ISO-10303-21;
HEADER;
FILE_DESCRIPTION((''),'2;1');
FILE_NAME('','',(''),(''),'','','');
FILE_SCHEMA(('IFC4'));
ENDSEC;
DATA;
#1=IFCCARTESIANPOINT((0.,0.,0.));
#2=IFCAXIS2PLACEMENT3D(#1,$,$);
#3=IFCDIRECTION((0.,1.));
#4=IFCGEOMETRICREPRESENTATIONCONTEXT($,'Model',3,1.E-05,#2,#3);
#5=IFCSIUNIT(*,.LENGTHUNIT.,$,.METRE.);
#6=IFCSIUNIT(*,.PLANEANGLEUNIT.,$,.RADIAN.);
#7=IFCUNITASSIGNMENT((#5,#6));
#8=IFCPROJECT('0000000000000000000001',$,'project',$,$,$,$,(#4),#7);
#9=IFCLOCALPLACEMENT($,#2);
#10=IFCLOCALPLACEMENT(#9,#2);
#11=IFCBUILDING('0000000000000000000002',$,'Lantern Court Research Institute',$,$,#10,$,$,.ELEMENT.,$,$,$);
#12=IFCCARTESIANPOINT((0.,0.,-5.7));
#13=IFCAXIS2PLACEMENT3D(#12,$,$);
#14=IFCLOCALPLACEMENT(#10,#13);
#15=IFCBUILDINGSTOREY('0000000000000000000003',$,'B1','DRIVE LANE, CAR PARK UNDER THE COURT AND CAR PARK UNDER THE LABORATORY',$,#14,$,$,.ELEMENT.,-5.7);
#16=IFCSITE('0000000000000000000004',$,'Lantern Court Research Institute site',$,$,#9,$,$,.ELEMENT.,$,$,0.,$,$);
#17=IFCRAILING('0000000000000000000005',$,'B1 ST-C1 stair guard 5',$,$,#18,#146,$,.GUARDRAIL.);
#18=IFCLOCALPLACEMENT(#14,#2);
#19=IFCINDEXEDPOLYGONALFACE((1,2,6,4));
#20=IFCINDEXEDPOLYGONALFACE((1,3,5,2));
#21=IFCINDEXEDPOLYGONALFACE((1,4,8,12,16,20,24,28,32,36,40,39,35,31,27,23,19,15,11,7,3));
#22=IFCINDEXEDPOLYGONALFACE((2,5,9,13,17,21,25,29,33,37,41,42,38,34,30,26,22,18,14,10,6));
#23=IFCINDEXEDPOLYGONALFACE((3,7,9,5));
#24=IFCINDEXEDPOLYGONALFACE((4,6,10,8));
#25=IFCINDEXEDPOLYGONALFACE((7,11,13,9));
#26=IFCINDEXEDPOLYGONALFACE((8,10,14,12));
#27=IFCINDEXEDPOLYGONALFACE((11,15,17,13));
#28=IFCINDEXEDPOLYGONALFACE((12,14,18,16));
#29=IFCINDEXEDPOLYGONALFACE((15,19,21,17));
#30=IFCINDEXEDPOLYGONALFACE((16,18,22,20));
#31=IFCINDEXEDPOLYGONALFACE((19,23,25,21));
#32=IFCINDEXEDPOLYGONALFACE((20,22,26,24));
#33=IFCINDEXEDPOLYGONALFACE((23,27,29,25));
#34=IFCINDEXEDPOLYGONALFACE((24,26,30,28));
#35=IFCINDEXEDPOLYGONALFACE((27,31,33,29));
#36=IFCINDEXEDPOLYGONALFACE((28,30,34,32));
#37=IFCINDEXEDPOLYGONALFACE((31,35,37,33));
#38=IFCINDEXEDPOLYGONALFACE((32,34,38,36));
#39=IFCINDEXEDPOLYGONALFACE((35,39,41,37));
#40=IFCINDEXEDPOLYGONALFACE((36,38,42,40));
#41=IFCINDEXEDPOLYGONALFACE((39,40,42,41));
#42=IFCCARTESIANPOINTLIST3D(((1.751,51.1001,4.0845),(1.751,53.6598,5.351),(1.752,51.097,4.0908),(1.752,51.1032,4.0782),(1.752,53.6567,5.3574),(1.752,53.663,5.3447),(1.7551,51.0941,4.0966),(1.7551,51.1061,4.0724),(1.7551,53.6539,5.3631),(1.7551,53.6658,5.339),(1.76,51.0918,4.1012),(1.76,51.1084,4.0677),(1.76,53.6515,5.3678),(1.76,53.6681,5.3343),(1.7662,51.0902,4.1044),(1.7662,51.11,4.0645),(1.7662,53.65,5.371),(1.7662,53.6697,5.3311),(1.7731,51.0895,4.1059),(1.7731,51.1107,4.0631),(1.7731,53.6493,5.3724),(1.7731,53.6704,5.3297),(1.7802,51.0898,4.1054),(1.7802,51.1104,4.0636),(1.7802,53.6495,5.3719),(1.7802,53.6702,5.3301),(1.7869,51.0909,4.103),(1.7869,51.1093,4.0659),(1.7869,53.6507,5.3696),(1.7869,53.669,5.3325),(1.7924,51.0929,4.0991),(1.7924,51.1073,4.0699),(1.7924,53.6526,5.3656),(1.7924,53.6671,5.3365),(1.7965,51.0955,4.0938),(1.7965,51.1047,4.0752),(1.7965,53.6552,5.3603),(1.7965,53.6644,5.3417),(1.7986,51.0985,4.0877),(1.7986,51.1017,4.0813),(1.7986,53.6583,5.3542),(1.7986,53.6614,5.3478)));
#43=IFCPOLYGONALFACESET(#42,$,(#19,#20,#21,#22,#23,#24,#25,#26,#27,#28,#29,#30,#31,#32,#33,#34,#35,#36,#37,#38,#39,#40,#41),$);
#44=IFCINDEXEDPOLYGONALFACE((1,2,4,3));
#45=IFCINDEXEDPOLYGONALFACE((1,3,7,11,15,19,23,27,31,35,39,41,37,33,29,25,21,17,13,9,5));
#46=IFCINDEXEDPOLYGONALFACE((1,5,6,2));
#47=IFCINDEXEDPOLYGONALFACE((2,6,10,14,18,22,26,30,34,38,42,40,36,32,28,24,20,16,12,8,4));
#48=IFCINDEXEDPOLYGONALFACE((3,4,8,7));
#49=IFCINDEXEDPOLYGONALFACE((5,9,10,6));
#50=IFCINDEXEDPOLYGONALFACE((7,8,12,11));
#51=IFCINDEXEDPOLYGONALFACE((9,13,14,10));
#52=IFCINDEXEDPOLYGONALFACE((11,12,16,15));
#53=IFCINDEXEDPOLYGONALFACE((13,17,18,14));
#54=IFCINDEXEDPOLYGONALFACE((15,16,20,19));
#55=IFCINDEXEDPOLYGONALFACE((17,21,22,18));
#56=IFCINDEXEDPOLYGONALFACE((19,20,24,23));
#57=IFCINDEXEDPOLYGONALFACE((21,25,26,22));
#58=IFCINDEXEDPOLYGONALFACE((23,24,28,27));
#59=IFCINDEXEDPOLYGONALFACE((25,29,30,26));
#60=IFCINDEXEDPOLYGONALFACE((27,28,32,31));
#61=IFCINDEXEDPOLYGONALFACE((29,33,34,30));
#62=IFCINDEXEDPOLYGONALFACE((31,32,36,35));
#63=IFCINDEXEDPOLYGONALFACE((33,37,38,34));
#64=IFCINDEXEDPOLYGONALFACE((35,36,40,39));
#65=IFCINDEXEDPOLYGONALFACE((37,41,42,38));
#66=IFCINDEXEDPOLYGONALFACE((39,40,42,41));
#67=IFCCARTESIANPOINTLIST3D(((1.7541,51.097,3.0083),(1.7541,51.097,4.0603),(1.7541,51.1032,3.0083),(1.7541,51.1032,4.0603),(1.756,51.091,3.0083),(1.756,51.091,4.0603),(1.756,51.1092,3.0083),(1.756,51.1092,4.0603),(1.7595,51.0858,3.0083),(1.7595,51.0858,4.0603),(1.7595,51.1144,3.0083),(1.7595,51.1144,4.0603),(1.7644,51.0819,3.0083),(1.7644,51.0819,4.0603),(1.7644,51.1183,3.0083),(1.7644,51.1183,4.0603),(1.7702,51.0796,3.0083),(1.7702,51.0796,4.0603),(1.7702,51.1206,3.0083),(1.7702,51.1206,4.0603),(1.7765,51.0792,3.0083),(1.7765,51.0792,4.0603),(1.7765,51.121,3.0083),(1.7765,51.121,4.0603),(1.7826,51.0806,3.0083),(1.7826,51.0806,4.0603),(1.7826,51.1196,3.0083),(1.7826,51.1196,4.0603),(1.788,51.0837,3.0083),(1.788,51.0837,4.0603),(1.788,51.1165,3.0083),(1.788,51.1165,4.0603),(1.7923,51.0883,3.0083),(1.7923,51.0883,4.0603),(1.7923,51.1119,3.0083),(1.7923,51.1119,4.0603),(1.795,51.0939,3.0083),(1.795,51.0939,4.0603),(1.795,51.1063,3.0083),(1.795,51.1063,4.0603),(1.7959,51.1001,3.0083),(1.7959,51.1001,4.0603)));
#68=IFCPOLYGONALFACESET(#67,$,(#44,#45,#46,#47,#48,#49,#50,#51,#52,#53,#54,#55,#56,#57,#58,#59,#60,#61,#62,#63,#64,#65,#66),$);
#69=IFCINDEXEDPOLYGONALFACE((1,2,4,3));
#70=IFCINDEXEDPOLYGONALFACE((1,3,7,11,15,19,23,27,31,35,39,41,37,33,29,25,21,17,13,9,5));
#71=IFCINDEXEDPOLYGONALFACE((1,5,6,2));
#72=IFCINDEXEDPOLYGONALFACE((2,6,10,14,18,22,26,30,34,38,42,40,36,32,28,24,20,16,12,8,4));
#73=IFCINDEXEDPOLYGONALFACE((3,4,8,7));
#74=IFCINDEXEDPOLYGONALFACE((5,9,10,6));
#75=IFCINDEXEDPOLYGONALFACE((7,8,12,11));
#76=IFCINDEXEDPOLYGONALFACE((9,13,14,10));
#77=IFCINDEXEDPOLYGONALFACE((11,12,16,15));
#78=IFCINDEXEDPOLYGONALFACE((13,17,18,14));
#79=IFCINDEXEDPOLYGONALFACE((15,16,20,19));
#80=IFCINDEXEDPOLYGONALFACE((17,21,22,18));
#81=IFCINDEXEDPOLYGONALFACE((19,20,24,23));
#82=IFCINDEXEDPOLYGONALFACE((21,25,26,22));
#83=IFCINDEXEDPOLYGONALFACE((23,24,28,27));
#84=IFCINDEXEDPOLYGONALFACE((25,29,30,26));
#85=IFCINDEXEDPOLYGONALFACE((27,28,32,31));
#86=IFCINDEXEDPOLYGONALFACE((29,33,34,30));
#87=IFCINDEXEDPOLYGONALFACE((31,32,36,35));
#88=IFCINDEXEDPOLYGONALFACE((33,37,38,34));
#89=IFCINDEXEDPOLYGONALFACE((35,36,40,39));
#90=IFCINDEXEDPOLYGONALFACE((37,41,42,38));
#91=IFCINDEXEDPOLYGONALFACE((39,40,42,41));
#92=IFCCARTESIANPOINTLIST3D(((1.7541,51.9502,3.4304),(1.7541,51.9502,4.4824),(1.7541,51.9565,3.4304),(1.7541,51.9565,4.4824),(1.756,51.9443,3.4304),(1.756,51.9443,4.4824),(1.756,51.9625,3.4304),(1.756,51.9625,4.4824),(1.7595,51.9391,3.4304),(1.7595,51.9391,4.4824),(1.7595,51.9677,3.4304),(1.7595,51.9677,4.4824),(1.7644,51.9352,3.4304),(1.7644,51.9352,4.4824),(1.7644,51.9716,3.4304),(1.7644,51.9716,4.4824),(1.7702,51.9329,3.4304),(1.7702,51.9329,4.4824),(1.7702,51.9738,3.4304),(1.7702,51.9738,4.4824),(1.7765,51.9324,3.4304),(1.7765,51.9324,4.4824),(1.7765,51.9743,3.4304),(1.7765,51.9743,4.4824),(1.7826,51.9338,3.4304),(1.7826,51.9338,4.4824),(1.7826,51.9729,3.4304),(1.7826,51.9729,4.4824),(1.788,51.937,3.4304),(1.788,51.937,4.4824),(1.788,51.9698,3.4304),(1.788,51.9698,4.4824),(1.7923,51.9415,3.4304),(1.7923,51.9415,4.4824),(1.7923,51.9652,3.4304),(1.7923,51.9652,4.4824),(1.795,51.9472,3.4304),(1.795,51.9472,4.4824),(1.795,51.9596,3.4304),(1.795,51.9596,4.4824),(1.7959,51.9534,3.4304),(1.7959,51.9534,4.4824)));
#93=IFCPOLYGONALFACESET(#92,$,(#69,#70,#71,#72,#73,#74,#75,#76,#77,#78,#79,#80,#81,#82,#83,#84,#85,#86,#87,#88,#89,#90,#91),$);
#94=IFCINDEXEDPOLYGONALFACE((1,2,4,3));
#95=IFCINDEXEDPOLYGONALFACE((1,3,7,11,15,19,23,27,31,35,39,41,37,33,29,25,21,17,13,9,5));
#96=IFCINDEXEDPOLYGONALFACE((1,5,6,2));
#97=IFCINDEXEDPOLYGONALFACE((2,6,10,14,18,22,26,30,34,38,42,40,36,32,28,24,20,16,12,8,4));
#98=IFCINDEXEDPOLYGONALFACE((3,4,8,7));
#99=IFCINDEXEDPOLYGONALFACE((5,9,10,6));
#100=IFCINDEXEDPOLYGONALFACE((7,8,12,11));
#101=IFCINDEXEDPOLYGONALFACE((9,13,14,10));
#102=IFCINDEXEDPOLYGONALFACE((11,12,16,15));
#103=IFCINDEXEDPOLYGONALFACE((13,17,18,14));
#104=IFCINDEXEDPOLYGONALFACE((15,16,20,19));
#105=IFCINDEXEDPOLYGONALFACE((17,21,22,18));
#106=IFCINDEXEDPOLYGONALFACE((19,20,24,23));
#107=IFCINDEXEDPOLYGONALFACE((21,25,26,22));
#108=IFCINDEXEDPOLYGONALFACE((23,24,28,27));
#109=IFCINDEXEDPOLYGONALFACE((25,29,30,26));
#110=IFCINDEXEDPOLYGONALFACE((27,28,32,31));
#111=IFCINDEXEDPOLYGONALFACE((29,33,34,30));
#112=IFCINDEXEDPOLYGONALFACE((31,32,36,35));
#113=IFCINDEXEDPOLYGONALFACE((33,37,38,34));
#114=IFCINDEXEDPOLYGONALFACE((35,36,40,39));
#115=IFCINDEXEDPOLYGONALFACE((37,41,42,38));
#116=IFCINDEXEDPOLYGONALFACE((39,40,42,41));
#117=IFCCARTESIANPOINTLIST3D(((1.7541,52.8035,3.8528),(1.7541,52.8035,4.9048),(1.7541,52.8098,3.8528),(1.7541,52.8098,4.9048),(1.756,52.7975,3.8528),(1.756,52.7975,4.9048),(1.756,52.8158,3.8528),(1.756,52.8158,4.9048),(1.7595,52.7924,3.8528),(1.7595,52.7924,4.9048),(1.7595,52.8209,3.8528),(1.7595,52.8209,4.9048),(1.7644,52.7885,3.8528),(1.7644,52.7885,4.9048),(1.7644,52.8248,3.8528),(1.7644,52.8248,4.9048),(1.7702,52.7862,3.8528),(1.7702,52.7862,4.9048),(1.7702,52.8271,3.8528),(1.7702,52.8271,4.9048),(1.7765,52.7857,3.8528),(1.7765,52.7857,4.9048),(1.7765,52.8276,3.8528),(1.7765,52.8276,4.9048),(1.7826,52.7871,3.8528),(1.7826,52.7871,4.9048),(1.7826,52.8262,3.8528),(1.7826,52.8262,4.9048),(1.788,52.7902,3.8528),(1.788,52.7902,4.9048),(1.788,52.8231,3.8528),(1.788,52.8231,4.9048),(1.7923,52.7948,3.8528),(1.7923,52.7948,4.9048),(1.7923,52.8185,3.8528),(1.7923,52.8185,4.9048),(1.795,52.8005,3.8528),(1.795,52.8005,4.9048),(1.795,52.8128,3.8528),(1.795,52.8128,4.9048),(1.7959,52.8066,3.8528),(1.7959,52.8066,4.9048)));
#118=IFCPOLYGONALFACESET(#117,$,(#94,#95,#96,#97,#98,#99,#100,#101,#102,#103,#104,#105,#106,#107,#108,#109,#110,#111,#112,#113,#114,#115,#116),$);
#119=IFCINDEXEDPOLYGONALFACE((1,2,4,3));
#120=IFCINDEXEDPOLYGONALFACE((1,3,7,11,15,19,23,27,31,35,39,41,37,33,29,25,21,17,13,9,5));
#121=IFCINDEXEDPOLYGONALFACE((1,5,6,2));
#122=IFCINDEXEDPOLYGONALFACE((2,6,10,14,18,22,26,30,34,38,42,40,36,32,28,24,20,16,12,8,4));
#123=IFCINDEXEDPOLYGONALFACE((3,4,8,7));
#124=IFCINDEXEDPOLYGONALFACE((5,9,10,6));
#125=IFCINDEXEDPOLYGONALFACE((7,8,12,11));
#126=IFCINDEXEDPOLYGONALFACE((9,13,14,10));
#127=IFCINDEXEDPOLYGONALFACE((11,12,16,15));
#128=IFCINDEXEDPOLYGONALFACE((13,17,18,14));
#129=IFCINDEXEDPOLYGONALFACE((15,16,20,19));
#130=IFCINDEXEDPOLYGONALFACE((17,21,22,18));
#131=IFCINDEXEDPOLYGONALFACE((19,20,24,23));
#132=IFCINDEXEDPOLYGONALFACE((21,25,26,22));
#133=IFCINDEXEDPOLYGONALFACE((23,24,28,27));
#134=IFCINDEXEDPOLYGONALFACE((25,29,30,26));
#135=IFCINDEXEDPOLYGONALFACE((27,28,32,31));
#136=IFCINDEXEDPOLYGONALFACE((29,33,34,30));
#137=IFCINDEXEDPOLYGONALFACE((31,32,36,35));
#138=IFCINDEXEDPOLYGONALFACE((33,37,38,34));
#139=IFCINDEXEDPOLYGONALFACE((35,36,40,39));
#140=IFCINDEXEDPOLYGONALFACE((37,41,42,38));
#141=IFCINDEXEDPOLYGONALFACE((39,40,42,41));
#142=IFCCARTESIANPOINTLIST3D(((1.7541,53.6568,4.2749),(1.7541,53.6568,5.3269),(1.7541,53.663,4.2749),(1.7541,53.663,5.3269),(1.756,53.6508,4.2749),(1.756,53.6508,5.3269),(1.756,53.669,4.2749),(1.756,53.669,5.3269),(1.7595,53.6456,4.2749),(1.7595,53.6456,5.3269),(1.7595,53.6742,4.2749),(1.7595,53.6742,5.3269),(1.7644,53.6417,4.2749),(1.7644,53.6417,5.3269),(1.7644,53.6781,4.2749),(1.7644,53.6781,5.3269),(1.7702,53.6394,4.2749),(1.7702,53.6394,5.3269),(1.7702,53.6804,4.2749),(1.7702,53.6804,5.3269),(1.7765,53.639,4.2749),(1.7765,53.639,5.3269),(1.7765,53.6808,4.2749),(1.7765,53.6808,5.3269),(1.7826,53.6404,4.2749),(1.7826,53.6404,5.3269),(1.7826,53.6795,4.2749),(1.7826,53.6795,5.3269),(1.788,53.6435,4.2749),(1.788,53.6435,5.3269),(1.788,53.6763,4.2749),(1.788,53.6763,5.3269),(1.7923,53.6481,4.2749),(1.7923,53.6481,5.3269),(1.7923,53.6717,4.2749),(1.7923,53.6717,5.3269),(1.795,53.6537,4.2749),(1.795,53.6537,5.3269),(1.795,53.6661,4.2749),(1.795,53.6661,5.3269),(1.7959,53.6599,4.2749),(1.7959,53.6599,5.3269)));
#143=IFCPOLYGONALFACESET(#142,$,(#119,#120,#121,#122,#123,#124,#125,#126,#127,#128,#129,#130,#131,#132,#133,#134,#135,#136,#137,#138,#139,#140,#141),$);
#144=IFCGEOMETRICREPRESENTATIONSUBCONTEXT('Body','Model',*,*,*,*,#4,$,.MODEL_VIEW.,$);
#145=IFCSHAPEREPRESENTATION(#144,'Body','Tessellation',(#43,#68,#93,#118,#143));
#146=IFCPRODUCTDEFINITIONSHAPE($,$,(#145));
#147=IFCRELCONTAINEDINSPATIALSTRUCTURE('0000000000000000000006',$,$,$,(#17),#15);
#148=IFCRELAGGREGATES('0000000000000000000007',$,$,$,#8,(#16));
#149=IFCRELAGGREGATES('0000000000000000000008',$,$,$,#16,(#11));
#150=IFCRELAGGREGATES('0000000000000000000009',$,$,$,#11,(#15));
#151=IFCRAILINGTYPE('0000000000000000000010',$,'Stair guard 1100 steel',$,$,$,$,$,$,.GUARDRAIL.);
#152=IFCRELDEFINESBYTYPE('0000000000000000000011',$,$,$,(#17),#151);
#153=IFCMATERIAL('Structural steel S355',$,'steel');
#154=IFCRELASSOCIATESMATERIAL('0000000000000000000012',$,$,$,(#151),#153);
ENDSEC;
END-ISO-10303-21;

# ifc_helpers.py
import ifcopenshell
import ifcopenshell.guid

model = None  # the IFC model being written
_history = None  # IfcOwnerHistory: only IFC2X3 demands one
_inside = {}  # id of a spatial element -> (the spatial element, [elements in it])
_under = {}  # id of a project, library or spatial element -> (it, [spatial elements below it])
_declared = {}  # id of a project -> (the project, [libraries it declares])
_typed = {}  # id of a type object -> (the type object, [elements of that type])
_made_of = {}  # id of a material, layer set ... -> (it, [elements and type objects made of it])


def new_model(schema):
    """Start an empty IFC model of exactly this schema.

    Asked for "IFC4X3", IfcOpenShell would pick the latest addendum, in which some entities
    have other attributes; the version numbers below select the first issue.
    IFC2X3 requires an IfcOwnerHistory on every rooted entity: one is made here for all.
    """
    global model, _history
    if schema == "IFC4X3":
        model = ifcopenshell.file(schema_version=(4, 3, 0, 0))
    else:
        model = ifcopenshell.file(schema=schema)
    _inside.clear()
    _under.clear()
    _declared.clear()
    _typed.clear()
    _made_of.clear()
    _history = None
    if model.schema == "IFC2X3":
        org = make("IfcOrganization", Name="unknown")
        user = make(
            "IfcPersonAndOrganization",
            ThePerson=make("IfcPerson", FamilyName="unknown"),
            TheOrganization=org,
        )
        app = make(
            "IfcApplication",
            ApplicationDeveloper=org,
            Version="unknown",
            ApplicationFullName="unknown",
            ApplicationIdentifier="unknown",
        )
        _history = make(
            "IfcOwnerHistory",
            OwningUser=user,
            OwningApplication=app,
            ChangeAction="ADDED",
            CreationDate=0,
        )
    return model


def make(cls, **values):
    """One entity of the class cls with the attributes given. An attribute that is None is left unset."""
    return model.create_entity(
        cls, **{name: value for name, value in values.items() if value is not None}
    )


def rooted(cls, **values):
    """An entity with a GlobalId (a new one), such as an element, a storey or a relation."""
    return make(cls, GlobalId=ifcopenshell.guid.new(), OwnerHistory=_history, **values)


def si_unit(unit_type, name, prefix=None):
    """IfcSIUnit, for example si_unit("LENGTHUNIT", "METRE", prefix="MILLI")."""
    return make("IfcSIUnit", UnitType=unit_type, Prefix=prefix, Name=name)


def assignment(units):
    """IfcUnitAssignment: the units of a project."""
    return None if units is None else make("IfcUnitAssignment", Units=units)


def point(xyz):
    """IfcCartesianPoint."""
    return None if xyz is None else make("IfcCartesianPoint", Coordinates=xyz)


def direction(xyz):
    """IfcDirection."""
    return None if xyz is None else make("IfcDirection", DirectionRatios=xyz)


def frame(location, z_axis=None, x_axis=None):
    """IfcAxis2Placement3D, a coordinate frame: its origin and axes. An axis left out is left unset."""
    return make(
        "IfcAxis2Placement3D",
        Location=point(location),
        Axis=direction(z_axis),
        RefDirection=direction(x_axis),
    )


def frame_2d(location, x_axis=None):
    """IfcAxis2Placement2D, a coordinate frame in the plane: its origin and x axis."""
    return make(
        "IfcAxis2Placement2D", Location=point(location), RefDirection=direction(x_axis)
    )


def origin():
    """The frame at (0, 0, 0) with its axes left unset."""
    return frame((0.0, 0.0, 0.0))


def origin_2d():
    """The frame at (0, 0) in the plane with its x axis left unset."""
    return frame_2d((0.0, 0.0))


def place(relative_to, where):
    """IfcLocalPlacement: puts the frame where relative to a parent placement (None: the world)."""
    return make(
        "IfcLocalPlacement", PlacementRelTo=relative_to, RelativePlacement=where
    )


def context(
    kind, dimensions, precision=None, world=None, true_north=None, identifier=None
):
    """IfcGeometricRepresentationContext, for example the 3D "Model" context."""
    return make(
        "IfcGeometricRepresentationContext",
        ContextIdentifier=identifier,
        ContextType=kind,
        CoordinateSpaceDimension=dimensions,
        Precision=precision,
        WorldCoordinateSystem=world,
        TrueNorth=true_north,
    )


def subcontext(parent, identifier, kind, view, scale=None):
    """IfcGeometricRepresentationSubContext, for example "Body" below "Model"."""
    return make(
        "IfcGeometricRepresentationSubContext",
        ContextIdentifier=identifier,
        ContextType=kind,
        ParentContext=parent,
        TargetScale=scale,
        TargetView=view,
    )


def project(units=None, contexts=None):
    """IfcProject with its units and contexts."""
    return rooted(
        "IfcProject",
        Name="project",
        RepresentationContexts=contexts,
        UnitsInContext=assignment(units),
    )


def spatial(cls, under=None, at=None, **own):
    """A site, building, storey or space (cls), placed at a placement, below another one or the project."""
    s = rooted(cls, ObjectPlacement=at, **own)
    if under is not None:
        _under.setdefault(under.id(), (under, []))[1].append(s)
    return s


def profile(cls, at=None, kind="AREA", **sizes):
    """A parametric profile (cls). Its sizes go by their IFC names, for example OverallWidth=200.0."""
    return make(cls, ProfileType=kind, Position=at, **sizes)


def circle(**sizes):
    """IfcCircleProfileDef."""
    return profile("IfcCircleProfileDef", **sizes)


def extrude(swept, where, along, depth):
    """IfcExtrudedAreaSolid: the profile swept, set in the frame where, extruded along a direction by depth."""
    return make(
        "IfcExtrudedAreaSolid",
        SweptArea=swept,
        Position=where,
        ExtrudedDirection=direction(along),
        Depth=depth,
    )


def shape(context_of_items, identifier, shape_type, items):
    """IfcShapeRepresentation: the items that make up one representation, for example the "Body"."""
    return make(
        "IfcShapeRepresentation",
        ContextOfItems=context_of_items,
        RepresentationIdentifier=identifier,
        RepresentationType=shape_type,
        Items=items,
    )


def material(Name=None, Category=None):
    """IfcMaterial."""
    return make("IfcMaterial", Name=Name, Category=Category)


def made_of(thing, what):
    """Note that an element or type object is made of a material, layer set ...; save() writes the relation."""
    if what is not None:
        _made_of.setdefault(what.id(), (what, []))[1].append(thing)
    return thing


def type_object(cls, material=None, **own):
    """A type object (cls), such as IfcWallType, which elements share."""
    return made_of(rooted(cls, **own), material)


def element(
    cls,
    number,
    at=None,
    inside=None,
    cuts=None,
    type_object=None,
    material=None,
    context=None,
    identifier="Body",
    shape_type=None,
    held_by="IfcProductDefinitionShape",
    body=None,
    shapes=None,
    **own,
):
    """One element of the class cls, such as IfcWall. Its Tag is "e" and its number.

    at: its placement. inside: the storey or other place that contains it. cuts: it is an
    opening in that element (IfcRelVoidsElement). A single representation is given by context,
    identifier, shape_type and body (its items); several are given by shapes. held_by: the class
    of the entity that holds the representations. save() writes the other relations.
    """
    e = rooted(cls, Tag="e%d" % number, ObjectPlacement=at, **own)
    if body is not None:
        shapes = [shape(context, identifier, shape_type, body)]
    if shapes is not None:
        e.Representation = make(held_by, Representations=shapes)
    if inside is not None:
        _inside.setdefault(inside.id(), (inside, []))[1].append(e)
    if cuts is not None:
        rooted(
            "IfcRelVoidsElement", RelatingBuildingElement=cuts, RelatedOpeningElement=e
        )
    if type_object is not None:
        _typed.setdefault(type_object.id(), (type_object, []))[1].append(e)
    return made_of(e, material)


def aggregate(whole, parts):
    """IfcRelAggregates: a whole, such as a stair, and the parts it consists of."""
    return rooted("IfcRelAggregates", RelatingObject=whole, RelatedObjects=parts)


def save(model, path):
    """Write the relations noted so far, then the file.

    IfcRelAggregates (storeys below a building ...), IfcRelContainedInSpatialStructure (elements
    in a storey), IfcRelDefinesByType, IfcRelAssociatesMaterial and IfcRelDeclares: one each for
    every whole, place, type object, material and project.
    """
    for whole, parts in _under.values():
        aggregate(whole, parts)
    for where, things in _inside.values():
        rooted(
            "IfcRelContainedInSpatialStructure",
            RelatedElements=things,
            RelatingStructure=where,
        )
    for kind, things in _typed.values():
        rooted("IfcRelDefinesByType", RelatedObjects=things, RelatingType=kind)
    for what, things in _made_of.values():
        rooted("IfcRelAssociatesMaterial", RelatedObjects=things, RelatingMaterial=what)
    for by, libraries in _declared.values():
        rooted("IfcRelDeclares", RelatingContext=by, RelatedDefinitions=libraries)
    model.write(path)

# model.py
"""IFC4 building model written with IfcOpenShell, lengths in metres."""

from ifc_helpers import new_model, si_unit, direction, frame, origin, origin_2d, place, context, subcontext, project, spatial, circle, extrude, material, type_object, element, save


model = new_model("IFC4")

# Units and contexts
model_context = context("Model", 3, precision=1e-05, world=origin(), true_north=direction((0.0, 1.0)))
body_context = subcontext(model_context, "Body", "Model", "MODEL_VIEW")
ifc_project = project(units=[si_unit("LENGTHUNIT", "METRE"), si_unit("PLANEANGLEUNIT", "RADIAN")], contexts=[model_context])

# Site, building, storey
site_placement = place(None, origin())
site = spatial("IfcSite", under=ifc_project, at=site_placement, Name="Lantern Court Research Institute site", CompositionType="ELEMENT", RefElevation=0.0)
building_placement = place(site_placement, origin())
building = spatial("IfcBuilding", under=site, at=building_placement, Name="Lantern Court Research Institute", CompositionType="ELEMENT")
storey_placement = place(building_placement, frame((0.0, 0.0, -5.7)))
storey = spatial("IfcBuildingStorey", under=building, at=storey_placement, Name="B1", Description="DRIVE LANE, CAR PARK UNDER THE COURT AND CAR PARK UNDER THE LABORATORY", CompositionType="ELEMENT", Elevation=-5.7)

# Railing
ifc_material_1 = material(Name="Structural steel S355", Category="steel")
railing_type_1 = type_object("IfcRailingType", Name="Stair guard 1100 steel", PredefinedType="GUARDRAIL", material=ifc_material_1)
railing_1_placement = place(storey_placement, frame((1.7749, 51.1001, 3.0083)))
element("IfcRailing", 1, at=railing_1_placement, inside=storey, type_object=railing_type_1, Name="B1 ST-C1 stair guard 5", PredefinedType="GUARDRAIL", context=body_context, shape_type="SweptSolid", body=[
    extrude(circle(Radius=0.0239, at=origin_2d()), frame((0.0, 0.0, 1.0762), z_axis=(0.0, 0.896283, 0.443483), x_axis=(-1.0, 0.0, 0.0)), (0.0, 0.0, 1.0), 2.856),
    extrude(circle(Radius=0.021, at=origin_2d()), origin(), (0.0, 0.0, 1.0), 1.052),
    extrude(circle(Radius=0.021, at=origin_2d()), frame((0.0, 0.8533, 0.4221)), (0.0, 0.0, 1.0), 1.052),
    extrude(circle(Radius=0.021, at=origin_2d()), frame((0.0, 1.7065, 0.8445)), (0.0, 0.0, 1.0), 1.052),
    extrude(circle(Radius=0.021, at=origin_2d()), frame((0.0, 2.5598, 1.2666)), (0.0, 0.0, 1.0), 1.052),
])

save(model, "model.ifc")
